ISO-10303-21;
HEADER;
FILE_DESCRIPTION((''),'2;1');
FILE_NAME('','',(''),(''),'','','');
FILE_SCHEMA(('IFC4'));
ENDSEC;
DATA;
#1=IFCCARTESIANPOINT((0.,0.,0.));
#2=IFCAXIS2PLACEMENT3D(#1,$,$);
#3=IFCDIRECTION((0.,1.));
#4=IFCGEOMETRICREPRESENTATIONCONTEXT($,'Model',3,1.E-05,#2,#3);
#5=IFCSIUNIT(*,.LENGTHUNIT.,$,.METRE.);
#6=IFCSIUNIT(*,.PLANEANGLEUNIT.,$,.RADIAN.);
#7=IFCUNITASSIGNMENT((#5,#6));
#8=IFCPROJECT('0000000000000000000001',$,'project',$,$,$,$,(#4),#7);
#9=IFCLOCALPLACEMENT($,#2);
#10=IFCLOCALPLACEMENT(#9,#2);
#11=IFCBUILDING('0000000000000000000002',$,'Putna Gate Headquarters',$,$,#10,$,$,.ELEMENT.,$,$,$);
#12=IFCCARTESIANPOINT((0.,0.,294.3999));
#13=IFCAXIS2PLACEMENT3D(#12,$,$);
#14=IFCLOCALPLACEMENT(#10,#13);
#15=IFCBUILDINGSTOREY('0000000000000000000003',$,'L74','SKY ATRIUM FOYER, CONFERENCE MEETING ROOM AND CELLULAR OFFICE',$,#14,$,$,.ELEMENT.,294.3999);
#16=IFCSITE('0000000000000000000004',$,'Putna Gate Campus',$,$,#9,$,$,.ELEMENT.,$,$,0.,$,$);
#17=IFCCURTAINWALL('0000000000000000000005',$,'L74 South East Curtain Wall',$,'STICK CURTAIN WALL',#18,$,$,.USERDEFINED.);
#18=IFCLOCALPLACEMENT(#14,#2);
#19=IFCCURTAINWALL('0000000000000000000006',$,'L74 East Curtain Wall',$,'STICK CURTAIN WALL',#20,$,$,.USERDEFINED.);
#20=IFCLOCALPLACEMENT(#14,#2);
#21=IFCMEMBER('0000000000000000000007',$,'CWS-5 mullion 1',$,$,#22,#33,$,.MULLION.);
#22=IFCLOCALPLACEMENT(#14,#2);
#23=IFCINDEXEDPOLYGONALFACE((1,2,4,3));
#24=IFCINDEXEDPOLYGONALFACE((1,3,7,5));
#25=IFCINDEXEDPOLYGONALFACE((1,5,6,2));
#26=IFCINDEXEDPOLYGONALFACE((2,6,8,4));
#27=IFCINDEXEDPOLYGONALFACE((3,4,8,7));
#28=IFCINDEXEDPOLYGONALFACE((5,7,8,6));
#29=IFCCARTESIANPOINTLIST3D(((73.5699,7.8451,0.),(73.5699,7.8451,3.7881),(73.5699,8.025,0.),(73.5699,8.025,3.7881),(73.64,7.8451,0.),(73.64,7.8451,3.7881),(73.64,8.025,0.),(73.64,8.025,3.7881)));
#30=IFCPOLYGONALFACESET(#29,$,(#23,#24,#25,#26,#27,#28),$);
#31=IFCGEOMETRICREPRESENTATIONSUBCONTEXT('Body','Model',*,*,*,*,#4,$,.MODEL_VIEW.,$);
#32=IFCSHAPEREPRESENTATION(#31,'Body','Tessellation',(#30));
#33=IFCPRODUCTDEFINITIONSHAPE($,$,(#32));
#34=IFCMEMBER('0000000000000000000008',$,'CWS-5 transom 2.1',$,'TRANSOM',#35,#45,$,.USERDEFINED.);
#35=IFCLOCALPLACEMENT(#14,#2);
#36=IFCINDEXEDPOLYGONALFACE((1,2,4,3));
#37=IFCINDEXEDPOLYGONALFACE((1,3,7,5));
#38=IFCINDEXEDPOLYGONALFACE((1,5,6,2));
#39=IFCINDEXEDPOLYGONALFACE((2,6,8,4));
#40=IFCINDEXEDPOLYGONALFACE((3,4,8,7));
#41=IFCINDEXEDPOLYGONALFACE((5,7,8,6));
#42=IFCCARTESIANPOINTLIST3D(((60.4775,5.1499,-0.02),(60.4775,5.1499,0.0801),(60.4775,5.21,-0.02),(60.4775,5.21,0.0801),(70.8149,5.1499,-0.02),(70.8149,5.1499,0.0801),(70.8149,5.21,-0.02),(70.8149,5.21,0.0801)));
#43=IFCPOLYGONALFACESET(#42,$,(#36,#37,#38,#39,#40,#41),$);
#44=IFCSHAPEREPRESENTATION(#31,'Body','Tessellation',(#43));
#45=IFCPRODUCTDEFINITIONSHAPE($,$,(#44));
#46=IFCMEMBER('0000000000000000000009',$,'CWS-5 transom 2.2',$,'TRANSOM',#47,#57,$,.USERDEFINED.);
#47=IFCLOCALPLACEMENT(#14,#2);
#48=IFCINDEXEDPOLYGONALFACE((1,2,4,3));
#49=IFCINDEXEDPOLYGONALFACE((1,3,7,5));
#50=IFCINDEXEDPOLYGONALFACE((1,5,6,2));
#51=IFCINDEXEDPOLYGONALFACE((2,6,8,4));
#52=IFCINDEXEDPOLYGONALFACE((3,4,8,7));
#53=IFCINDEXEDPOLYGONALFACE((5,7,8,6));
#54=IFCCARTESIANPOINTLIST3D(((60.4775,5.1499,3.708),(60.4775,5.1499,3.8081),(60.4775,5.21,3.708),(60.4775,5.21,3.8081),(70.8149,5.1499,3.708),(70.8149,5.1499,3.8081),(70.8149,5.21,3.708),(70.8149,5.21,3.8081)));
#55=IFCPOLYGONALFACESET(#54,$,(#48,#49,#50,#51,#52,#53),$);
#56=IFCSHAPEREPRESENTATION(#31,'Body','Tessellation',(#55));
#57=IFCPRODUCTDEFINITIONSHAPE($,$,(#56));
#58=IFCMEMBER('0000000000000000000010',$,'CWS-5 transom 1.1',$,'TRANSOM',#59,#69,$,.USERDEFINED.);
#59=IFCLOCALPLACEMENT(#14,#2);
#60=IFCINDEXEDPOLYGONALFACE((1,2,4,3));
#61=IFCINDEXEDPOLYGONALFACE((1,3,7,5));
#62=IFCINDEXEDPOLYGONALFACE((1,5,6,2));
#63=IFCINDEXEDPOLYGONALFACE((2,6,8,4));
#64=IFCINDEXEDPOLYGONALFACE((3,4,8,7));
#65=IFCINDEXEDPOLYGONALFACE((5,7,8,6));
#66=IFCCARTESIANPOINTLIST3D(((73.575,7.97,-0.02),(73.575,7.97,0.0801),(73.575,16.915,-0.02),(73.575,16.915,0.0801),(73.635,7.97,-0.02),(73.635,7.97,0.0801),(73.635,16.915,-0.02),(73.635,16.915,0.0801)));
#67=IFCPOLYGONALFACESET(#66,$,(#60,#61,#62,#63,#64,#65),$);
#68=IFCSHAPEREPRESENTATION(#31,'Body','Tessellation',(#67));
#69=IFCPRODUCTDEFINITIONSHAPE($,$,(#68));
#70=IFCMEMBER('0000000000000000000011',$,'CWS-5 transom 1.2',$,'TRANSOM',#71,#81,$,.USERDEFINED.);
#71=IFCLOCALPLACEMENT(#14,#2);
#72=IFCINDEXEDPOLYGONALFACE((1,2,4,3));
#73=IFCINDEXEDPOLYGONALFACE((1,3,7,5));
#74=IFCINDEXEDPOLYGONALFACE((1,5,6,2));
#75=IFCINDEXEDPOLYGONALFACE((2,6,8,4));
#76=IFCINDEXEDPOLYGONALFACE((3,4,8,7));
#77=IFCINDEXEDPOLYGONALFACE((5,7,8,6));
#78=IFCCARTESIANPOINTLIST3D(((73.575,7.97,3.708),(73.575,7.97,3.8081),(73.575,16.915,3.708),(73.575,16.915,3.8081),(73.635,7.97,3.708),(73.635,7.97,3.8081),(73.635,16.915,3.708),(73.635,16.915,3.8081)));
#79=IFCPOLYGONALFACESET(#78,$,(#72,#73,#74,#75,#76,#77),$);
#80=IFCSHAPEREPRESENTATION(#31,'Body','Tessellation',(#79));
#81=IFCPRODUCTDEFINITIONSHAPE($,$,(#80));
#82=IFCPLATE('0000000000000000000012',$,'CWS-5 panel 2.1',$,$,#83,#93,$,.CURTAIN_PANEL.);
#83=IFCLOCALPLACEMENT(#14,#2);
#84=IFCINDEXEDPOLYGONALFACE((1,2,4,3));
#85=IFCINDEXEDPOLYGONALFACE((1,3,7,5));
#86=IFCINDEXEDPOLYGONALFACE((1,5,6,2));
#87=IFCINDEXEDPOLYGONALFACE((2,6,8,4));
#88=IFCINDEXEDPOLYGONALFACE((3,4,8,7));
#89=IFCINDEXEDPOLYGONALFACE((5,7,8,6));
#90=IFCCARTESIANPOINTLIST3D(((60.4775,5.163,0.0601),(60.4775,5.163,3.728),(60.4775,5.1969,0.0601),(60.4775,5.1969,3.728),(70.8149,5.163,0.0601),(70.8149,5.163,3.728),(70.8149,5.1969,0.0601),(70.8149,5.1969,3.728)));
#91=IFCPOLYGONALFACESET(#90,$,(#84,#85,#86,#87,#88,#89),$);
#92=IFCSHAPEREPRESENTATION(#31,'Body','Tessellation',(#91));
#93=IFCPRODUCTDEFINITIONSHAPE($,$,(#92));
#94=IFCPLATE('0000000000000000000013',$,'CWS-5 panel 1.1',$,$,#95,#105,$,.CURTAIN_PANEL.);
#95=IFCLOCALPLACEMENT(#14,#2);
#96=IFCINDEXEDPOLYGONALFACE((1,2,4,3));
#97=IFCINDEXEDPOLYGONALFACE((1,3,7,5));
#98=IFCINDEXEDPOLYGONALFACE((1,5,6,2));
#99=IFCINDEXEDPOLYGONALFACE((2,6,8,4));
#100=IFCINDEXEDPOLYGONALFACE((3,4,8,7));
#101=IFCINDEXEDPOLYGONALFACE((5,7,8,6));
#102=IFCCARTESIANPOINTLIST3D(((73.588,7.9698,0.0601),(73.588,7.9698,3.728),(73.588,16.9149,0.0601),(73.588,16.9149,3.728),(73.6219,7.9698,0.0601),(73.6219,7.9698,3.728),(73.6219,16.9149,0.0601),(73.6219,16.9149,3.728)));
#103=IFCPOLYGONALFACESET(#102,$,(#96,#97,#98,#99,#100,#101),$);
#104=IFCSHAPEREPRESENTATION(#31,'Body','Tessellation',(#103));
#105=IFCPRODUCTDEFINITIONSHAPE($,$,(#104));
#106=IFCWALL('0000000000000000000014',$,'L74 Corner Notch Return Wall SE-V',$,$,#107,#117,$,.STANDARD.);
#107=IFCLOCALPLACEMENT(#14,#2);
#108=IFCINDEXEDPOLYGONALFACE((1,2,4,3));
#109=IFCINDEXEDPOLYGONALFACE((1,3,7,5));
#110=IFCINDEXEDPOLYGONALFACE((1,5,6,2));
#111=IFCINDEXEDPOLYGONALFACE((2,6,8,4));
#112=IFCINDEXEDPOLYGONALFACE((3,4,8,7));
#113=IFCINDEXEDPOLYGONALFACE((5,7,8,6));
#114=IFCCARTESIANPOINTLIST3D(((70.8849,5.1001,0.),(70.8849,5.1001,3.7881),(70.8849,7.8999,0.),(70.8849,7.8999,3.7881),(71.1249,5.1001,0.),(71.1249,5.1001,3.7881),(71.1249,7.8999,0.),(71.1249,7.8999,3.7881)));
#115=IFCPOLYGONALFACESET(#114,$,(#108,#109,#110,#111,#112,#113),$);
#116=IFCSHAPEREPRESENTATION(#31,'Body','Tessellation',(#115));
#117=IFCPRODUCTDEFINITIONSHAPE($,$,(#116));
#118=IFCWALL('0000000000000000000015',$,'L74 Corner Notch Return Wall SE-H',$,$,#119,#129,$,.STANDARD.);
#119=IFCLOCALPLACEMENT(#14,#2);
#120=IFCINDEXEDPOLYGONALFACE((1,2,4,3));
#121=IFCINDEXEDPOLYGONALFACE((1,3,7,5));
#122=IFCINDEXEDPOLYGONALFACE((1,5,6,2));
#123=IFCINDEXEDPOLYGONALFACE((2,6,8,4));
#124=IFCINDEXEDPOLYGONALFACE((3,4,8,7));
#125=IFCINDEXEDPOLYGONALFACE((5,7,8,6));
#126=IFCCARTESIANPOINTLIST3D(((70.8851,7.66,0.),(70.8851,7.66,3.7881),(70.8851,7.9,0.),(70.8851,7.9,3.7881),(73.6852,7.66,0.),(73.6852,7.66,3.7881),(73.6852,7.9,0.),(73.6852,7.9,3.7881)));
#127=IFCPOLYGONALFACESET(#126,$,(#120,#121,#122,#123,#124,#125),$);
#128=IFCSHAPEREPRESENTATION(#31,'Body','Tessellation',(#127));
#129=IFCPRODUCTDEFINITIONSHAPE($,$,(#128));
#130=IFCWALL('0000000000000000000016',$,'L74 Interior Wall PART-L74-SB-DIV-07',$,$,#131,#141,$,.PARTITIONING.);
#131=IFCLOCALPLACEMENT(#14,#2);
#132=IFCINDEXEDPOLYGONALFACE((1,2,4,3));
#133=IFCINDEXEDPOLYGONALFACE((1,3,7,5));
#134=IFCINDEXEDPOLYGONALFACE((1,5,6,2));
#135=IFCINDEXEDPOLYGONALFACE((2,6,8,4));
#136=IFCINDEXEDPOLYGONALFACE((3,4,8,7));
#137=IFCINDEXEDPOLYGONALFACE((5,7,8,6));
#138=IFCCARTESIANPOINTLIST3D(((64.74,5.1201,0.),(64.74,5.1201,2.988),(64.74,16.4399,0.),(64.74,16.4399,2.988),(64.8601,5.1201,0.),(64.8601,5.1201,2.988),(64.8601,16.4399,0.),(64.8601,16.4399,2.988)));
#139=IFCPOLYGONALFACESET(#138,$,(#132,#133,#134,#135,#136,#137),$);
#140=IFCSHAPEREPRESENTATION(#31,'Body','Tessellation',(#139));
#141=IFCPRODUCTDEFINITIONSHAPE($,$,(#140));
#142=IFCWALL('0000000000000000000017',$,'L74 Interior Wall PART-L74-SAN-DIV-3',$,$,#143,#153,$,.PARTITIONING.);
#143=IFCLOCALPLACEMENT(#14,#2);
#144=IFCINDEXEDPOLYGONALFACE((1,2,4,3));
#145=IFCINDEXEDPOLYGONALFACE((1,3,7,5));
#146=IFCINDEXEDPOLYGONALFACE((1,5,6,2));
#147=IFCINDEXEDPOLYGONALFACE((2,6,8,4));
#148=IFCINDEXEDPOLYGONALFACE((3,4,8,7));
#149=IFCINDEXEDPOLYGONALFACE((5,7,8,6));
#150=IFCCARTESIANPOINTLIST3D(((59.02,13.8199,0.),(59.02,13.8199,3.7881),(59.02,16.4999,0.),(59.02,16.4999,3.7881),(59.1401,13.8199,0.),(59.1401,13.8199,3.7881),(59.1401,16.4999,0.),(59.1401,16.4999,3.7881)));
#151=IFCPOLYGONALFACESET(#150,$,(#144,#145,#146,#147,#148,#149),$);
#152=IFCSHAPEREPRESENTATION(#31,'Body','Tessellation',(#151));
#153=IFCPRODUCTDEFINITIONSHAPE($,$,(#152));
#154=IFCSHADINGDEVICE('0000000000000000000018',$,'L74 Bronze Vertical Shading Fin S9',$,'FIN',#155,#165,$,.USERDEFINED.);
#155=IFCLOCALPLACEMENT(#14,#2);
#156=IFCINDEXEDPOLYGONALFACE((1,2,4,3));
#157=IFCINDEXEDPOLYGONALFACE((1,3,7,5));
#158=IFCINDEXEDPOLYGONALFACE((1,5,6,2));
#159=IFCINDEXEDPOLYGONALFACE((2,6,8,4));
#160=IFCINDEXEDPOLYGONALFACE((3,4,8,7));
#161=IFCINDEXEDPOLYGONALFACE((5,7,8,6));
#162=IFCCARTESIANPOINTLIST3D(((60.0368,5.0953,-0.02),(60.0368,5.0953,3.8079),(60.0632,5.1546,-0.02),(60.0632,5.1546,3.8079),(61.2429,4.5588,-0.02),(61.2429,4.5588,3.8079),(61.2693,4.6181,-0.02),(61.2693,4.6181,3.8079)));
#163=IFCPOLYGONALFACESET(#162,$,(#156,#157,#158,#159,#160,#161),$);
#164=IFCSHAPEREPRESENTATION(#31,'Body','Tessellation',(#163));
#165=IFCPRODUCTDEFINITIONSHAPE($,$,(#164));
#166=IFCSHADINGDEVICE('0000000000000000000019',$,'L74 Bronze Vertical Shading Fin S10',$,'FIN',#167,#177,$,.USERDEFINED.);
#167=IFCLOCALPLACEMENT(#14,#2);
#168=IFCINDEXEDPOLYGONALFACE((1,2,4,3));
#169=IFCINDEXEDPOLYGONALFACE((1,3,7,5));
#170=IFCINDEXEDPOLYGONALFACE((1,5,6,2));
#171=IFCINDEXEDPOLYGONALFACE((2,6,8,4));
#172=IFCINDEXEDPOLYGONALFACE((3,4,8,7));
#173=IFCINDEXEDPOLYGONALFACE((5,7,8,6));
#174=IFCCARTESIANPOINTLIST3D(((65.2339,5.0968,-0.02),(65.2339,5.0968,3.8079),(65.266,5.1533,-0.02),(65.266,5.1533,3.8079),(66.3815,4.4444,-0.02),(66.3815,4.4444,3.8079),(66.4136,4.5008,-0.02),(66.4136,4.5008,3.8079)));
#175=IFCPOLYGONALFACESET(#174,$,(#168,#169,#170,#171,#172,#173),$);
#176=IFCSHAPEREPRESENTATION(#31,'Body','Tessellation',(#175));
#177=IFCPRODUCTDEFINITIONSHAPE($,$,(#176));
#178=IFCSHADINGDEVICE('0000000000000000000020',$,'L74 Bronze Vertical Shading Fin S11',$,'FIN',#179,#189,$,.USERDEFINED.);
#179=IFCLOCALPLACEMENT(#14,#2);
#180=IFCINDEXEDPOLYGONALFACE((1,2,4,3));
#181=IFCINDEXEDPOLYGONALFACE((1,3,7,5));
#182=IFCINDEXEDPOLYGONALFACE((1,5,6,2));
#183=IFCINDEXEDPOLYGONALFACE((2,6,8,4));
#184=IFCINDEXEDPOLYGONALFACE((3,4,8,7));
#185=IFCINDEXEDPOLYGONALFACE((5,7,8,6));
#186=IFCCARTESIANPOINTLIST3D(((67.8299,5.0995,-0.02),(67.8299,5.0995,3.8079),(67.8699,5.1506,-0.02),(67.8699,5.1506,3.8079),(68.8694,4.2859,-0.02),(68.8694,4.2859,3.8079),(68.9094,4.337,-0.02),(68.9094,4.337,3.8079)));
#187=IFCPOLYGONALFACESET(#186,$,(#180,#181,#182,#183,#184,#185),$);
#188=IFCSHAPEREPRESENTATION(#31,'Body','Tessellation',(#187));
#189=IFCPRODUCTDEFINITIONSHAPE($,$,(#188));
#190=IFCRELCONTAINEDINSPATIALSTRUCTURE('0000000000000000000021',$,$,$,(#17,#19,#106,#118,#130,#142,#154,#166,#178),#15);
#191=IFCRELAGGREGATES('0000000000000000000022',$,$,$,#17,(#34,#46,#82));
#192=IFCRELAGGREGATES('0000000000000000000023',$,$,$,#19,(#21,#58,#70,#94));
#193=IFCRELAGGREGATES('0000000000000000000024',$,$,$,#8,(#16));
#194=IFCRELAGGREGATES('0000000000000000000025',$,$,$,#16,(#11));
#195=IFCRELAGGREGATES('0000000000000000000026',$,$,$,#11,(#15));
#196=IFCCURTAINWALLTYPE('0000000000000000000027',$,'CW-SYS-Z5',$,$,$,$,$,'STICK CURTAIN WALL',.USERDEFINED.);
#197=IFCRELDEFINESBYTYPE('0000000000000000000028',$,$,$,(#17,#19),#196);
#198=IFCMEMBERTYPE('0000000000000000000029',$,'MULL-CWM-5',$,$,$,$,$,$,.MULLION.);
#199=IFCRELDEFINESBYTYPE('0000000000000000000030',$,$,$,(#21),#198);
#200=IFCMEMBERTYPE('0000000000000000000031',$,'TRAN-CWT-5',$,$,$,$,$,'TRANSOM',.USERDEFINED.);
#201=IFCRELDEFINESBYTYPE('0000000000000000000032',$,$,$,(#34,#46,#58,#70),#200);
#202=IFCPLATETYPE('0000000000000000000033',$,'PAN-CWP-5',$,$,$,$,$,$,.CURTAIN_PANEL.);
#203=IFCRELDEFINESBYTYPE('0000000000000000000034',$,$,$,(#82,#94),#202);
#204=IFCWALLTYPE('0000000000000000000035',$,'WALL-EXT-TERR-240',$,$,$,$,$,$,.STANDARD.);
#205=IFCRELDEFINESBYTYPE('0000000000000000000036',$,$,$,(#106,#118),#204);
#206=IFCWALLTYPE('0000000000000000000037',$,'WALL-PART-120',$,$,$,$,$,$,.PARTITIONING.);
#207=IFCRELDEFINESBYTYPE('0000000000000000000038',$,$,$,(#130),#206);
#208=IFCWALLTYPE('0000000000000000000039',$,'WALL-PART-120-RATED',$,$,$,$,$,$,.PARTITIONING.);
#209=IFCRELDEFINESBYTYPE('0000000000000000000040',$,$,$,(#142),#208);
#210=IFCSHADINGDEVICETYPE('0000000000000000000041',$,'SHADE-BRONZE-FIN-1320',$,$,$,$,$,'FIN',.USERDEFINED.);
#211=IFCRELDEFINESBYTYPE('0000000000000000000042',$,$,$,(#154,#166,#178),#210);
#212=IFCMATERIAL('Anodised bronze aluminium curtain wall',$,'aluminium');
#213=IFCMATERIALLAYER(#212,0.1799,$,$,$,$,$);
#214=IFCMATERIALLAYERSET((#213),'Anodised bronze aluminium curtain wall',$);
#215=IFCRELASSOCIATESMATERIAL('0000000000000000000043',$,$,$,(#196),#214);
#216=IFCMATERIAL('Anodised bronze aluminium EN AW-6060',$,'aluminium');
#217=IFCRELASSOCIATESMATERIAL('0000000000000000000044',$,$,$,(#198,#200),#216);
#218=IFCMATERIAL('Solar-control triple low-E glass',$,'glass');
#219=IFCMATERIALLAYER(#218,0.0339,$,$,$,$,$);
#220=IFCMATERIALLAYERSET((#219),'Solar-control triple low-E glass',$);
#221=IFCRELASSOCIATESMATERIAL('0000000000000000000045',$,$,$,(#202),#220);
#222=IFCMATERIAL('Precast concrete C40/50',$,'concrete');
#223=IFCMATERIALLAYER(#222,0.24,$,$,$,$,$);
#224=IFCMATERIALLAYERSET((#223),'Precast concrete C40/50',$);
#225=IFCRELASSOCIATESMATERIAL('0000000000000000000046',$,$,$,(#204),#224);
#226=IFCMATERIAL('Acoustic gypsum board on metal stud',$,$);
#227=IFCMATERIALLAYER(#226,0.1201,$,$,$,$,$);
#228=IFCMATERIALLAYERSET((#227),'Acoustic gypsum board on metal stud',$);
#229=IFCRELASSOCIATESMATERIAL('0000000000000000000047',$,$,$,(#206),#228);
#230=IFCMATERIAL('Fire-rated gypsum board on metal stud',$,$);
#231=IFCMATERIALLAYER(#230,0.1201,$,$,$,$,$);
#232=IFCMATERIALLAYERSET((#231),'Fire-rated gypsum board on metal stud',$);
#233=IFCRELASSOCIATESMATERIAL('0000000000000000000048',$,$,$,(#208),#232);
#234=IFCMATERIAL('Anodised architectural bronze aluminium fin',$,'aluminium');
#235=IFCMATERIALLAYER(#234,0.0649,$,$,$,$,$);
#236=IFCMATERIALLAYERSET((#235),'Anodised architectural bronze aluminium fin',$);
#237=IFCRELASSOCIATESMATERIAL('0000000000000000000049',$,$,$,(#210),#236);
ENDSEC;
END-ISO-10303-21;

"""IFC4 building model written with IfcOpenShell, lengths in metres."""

from ifc_helpers import new_model, si_unit, direction, frame, frame_2d, origin, origin_2d, place, context, subcontext, project, spatial, rectangle, extrude, material, layer, layer_set, material_profile, profile_set, type_object, element, aggregate, save


model = new_model("IFC4")

# Units and contexts
model_context = context("Model", 3, precision=1e-05, world=origin(), true_north=direction((0.0, 1.0)))
body_context = subcontext(model_context, "Body", "Model", "MODEL_VIEW")
ifc_project = project(units=[si_unit("LENGTHUNIT", "METRE"), si_unit("PLANEANGLEUNIT", "RADIAN")], contexts=[model_context])

# Site, building, storey
site_placement = place(None, origin())
site = spatial("IfcSite", under=ifc_project, at=site_placement, Name="Putna Gate Campus", CompositionType="ELEMENT", RefElevation=0.0)
building_placement = place(site_placement, origin())
building = spatial("IfcBuilding", under=site, at=building_placement, Name="Putna Gate Headquarters", CompositionType="ELEMENT")
storey_placement = place(building_placement, frame((0.0, 0.0, 294.3999)))
storey = spatial("IfcBuildingStorey", under=building, at=storey_placement, Name="L74", Description="SKY ATRIUM FOYER, CONFERENCE MEETING ROOM AND CELLULAR OFFICE", CompositionType="ELEMENT", Elevation=294.3999)

# Curtain wall
ifc_material_1 = material(Name="Anodised bronze aluminium curtain wall", Category="aluminium")
ifc_layer_1 = layer(ifc_material_1, 0.1799)
ifc_layer_set_1 = layer_set([ifc_layer_1], Name="Anodised bronze aluminium curtain wall")
curtain_wall_type = type_object("IfcCurtainWallType", Name="CW-SYS-Z5", ElementType="STICK CURTAIN WALL", PredefinedType="USERDEFINED", material=ifc_layer_set_1)
curtain_wall_1_placement = place(storey_placement, origin())
curtain_wall_1 = element("IfcCurtainWall", 1, at=curtain_wall_1_placement, inside=storey, type_object=curtain_wall_type, Name="L74 South East Curtain Wall", ObjectType="STICK CURTAIN WALL", PredefinedType="USERDEFINED")
ifc_material_2 = material(Name="Anodised bronze aluminium EN AW-6060", Category="aluminium")
ifc_material_profile_1 = material_profile(ifc_material_2, rectangle(XDim=0.0701, YDim=0.1799, at=origin_2d()), Name="Anodised bronze aluminium EN AW-6060")
ifc_profile_set_1 = profile_set([ifc_material_profile_1], Name="Anodised bronze aluminium EN AW-6060")
member_type_1 = type_object("IfcMemberType", Name="MULL-CWM-5", PredefinedType="MULLION", material=ifc_profile_set_1)

# Curtain wall, member
curtain_wall_2_placement = place(storey_placement, origin())
curtain_wall_2 = element("IfcCurtainWall", 2, at=curtain_wall_2_placement, inside=storey, type_object=curtain_wall_type, Name="L74 East Curtain Wall", ObjectType="STICK CURTAIN WALL", PredefinedType="USERDEFINED")
member_1_placement = place(storey_placement, frame((73.605, 7.9351, 0.0), z_axis=(0.0, 0.0, 1.0), x_axis=(-1.0, 0.0, 0.0)))
member_1 = element("IfcMember", 3, at=member_1_placement, type_object=member_type_1, Name="CWS-5 mullion 1", PredefinedType="MULLION", context=body_context, shape_type="SweptSolid", body=[
    extrude(rectangle(XDim=0.0701, YDim=0.1799, at=origin_2d()), origin(), (0.0, 0.0, 1.0), 3.7881),
])

# Members
ifc_material_profile_2 = material_profile(ifc_material_2, rectangle(XDim=0.0601, YDim=0.1001, at=origin_2d()), Name="Anodised bronze aluminium EN AW-6060")
ifc_profile_set_2 = profile_set([ifc_material_profile_2], Name="Anodised bronze aluminium EN AW-6060")
member_type_2 = type_object("IfcMemberType", Name="TRAN-CWT-5", ElementType="TRANSOM", PredefinedType="USERDEFINED", material=ifc_profile_set_2)
member_2_placement = place(storey_placement, frame((60.4775, 5.1799, 0.03), z_axis=(1.0, 0.0, 0.0), x_axis=(0.0, 1.0, 0.0)))
member_2 = element("IfcMember", 4, at=member_2_placement, type_object=member_type_2, Name="CWS-5 transom 2.1", ObjectType="TRANSOM", PredefinedType="USERDEFINED", context=body_context, shape_type="SweptSolid", body=[
    extrude(rectangle(XDim=0.0601, YDim=0.1001, at=origin_2d()), origin(), (0.0, 0.0, 1.0), 10.3374),
])
member_3_placement = place(storey_placement, frame((60.4775, 5.1799, 3.7581), z_axis=(1.0, 0.0, 0.0), x_axis=(0.0, 1.0, 0.0)))
member_3 = element("IfcMember", 5, at=member_3_placement, type_object=member_type_2, Name="CWS-5 transom 2.2", ObjectType="TRANSOM", PredefinedType="USERDEFINED", context=body_context, shape_type="SweptSolid", body=[
    extrude(rectangle(XDim=0.0601, YDim=0.1001, at=origin_2d()), origin(), (0.0, 0.0, 1.0), 10.3374),
])
member_4_placement = place(storey_placement, frame((73.605, 7.97, 0.03), z_axis=(0.0, 1.0, 0.0), x_axis=(-1.0, 0.0, 0.0)))
member_4 = element("IfcMember", 6, at=member_4_placement, type_object=member_type_2, Name="CWS-5 transom 1.1", ObjectType="TRANSOM", PredefinedType="USERDEFINED", context=body_context, shape_type="SweptSolid", body=[
    extrude(rectangle(XDim=0.0601, YDim=0.1001, at=origin_2d()), origin(), (0.0, 0.0, 1.0), 8.9451),
])
member_5_placement = place(storey_placement, frame((73.605, 7.97, 3.7581), z_axis=(0.0, 1.0, 0.0), x_axis=(-1.0, 0.0, 0.0)))
member_5 = element("IfcMember", 7, at=member_5_placement, type_object=member_type_2, Name="CWS-5 transom 1.2", ObjectType="TRANSOM", PredefinedType="USERDEFINED", context=body_context, shape_type="SweptSolid", body=[
    extrude(rectangle(XDim=0.0601, YDim=0.1001, at=origin_2d()), origin(), (0.0, 0.0, 1.0), 8.9451),
])

# Plates
ifc_material_3 = material(Name="Solar-control triple low-E glass", Category="glass")
ifc_layer_2 = layer(ifc_material_3, 0.0339)
ifc_layer_set_2 = layer_set([ifc_layer_2], Name="Solar-control triple low-E glass")
plate_type = type_object("IfcPlateType", Name="PAN-CWP-5", PredefinedType="CURTAIN_PANEL", material=ifc_layer_set_2)
plate_1_placement = place(storey_placement, frame((65.6462, 5.1799, 0.0601), z_axis=(0.0, 0.0, 1.0), x_axis=(1.0, 0.0, 0.0)))
plate_1 = element("IfcPlate", 8, at=plate_1_placement, type_object=plate_type, Name="CWS-5 panel 2.1", PredefinedType="CURTAIN_PANEL", context=body_context, shape_type="SweptSolid", body=[
    extrude(rectangle(XDim=10.3374, YDim=0.0339, at=origin_2d()), origin(), (0.0, 0.0, 1.0), 3.668),
])
aggregate(curtain_wall_1, [member_2, member_3, plate_1])
plate_2_placement = place(storey_placement, frame((73.605, 12.4424, 0.0601), z_axis=(0.0, 0.0, 1.0), x_axis=(0.0, 1.0, 0.0)))
plate_2 = element("IfcPlate", 9, at=plate_2_placement, type_object=plate_type, Name="CWS-5 panel 1.1", PredefinedType="CURTAIN_PANEL", context=body_context, shape_type="SweptSolid", body=[
    extrude(rectangle(XDim=8.9451, YDim=0.0339, at=origin_2d()), origin(), (0.0, 0.0, 1.0), 3.668),
])
aggregate(curtain_wall_2, [member_1, member_4, member_5, plate_2])

# Walls
ifc_material_4 = material(Name="Precast concrete C40/50", Category="concrete")
ifc_layer_3 = layer(ifc_material_4, 0.24)
ifc_layer_set_3 = layer_set([ifc_layer_3], Name="Precast concrete C40/50")
wall_type_1 = type_object("IfcWallType", Name="WALL-EXT-TERR-240", PredefinedType="STANDARD", material=ifc_layer_set_3)
wall_1_placement = place(storey_placement, frame((71.0049, 7.8999, 0.0), z_axis=(0.0, 0.0, 1.0), x_axis=(0.0, -1.0, 0.0)))
element("IfcWall", 10, at=wall_1_placement, inside=storey, type_object=wall_type_1, Name="L74 Corner Notch Return Wall SE-V", PredefinedType="STANDARD", context=body_context, shape_type="SweptSolid", body=[
    extrude(rectangle(XDim=2.7998, YDim=0.24, at=frame_2d((1.3999, 0.0))), origin(), (0.0, 0.0, 1.0), 3.7881),
])
wall_2_placement = place(storey_placement, frame((73.6851, 7.78, 0.0), z_axis=(0.0, 0.0, 1.0), x_axis=(-1.0, 0.0, 0.0)))
element("IfcWall", 11, at=wall_2_placement, inside=storey, type_object=wall_type_1, Name="L74 Corner Notch Return Wall SE-H", PredefinedType="STANDARD", context=body_context, shape_type="SweptSolid", body=[
    extrude(rectangle(XDim=2.8, YDim=0.24, at=frame_2d((1.3999, 0.0))), origin(), (0.0, 0.0, 1.0), 3.7881),
])
ifc_material_5 = material(Name="Acoustic gypsum board on metal stud")
ifc_layer_4 = layer(ifc_material_5, 0.1201)
ifc_layer_set_4 = layer_set([ifc_layer_4], Name="Acoustic gypsum board on metal stud")
wall_type_2 = type_object("IfcWallType", Name="WALL-PART-120", PredefinedType="PARTITIONING", material=ifc_layer_set_4)
wall_3_placement = place(storey_placement, frame((64.8, 5.1201, 0.0), z_axis=(0.0, 0.0, 1.0), x_axis=(0.0, 1.0, 0.0)))
element("IfcWall", 12, at=wall_3_placement, inside=storey, type_object=wall_type_2, Name="L74 Interior Wall PART-L74-SB-DIV-07", PredefinedType="PARTITIONING", context=body_context, shape_type="SweptSolid", body=[
    extrude(rectangle(XDim=11.3198, YDim=0.1201, at=frame_2d((5.6599, 0.0))), origin(), (0.0, 0.0, 1.0), 2.988),
])
ifc_material_6 = material(Name="Fire-rated gypsum board on metal stud")
ifc_layer_5 = layer(ifc_material_6, 0.1201)
ifc_layer_set_5 = layer_set([ifc_layer_5], Name="Fire-rated gypsum board on metal stud")
wall_type_3 = type_object("IfcWallType", Name="WALL-PART-120-RATED", PredefinedType="PARTITIONING", material=ifc_layer_set_5)
wall_4_placement = place(storey_placement, frame((59.0801, 13.8201, 0.0), z_axis=(0.0, 0.0, 1.0), x_axis=(0.0, 1.0, 0.0)))
element("IfcWall", 13, at=wall_4_placement, inside=storey, type_object=wall_type_3, Name="L74 Interior Wall PART-L74-SAN-DIV-3", PredefinedType="PARTITIONING", context=body_context, shape_type="SweptSolid", body=[
    extrude(rectangle(XDim=2.6799, YDim=0.1201, at=frame_2d((1.3398, 0.0))), origin(), (0.0, 0.0, 1.0), 3.7881),
])

# Shading devices
ifc_material_7 = material(Name="Anodised architectural bronze aluminium fin", Category="aluminium")
ifc_layer_6 = layer(ifc_material_7, 0.0649)
ifc_layer_set_6 = layer_set([ifc_layer_6], Name="Anodised architectural bronze aluminium fin")
shading_device_type = type_object("IfcShadingDeviceType", Name="SHADE-BRONZE-FIN-1320", ElementType="FIN", PredefinedType="USERDEFINED", material=ifc_layer_set_6)
for number, where, z_axis, x_axis, name in (
    (14, (60.6531, 4.8567, -0.02), (0.0, 0.0, 1.0), (0.913687, -0.406418, 0.0), "L74 Bronze Vertical Shading Fin S9"),
    (15, (65.8237, 4.7988, -0.02), (0.0, 0.0, 1.0), (0.869322, -0.494245, 0.0), "L74 Bronze Vertical Shading Fin S10"),
    (16, (68.3696, 4.7183, -0.02), (0.0, 0.0, 1.0), (0.787473, -0.616349, 0.0), "L74 Bronze Vertical Shading Fin S11"),
):
    element("IfcShadingDevice", number, at=place(storey_placement, frame(where, z_axis=z_axis, x_axis=x_axis)), inside=storey, type_object=shading_device_type, Name=name, ObjectType="FIN", PredefinedType="USERDEFINED", context=body_context, shape_type="SweptSolid", body=[
        extrude(rectangle(XDim=1.3201, YDim=0.0649, at=origin_2d()), origin(), (0.0, 0.0, 1.0), 3.8279),
    ])

save(model, "model.ifc")
